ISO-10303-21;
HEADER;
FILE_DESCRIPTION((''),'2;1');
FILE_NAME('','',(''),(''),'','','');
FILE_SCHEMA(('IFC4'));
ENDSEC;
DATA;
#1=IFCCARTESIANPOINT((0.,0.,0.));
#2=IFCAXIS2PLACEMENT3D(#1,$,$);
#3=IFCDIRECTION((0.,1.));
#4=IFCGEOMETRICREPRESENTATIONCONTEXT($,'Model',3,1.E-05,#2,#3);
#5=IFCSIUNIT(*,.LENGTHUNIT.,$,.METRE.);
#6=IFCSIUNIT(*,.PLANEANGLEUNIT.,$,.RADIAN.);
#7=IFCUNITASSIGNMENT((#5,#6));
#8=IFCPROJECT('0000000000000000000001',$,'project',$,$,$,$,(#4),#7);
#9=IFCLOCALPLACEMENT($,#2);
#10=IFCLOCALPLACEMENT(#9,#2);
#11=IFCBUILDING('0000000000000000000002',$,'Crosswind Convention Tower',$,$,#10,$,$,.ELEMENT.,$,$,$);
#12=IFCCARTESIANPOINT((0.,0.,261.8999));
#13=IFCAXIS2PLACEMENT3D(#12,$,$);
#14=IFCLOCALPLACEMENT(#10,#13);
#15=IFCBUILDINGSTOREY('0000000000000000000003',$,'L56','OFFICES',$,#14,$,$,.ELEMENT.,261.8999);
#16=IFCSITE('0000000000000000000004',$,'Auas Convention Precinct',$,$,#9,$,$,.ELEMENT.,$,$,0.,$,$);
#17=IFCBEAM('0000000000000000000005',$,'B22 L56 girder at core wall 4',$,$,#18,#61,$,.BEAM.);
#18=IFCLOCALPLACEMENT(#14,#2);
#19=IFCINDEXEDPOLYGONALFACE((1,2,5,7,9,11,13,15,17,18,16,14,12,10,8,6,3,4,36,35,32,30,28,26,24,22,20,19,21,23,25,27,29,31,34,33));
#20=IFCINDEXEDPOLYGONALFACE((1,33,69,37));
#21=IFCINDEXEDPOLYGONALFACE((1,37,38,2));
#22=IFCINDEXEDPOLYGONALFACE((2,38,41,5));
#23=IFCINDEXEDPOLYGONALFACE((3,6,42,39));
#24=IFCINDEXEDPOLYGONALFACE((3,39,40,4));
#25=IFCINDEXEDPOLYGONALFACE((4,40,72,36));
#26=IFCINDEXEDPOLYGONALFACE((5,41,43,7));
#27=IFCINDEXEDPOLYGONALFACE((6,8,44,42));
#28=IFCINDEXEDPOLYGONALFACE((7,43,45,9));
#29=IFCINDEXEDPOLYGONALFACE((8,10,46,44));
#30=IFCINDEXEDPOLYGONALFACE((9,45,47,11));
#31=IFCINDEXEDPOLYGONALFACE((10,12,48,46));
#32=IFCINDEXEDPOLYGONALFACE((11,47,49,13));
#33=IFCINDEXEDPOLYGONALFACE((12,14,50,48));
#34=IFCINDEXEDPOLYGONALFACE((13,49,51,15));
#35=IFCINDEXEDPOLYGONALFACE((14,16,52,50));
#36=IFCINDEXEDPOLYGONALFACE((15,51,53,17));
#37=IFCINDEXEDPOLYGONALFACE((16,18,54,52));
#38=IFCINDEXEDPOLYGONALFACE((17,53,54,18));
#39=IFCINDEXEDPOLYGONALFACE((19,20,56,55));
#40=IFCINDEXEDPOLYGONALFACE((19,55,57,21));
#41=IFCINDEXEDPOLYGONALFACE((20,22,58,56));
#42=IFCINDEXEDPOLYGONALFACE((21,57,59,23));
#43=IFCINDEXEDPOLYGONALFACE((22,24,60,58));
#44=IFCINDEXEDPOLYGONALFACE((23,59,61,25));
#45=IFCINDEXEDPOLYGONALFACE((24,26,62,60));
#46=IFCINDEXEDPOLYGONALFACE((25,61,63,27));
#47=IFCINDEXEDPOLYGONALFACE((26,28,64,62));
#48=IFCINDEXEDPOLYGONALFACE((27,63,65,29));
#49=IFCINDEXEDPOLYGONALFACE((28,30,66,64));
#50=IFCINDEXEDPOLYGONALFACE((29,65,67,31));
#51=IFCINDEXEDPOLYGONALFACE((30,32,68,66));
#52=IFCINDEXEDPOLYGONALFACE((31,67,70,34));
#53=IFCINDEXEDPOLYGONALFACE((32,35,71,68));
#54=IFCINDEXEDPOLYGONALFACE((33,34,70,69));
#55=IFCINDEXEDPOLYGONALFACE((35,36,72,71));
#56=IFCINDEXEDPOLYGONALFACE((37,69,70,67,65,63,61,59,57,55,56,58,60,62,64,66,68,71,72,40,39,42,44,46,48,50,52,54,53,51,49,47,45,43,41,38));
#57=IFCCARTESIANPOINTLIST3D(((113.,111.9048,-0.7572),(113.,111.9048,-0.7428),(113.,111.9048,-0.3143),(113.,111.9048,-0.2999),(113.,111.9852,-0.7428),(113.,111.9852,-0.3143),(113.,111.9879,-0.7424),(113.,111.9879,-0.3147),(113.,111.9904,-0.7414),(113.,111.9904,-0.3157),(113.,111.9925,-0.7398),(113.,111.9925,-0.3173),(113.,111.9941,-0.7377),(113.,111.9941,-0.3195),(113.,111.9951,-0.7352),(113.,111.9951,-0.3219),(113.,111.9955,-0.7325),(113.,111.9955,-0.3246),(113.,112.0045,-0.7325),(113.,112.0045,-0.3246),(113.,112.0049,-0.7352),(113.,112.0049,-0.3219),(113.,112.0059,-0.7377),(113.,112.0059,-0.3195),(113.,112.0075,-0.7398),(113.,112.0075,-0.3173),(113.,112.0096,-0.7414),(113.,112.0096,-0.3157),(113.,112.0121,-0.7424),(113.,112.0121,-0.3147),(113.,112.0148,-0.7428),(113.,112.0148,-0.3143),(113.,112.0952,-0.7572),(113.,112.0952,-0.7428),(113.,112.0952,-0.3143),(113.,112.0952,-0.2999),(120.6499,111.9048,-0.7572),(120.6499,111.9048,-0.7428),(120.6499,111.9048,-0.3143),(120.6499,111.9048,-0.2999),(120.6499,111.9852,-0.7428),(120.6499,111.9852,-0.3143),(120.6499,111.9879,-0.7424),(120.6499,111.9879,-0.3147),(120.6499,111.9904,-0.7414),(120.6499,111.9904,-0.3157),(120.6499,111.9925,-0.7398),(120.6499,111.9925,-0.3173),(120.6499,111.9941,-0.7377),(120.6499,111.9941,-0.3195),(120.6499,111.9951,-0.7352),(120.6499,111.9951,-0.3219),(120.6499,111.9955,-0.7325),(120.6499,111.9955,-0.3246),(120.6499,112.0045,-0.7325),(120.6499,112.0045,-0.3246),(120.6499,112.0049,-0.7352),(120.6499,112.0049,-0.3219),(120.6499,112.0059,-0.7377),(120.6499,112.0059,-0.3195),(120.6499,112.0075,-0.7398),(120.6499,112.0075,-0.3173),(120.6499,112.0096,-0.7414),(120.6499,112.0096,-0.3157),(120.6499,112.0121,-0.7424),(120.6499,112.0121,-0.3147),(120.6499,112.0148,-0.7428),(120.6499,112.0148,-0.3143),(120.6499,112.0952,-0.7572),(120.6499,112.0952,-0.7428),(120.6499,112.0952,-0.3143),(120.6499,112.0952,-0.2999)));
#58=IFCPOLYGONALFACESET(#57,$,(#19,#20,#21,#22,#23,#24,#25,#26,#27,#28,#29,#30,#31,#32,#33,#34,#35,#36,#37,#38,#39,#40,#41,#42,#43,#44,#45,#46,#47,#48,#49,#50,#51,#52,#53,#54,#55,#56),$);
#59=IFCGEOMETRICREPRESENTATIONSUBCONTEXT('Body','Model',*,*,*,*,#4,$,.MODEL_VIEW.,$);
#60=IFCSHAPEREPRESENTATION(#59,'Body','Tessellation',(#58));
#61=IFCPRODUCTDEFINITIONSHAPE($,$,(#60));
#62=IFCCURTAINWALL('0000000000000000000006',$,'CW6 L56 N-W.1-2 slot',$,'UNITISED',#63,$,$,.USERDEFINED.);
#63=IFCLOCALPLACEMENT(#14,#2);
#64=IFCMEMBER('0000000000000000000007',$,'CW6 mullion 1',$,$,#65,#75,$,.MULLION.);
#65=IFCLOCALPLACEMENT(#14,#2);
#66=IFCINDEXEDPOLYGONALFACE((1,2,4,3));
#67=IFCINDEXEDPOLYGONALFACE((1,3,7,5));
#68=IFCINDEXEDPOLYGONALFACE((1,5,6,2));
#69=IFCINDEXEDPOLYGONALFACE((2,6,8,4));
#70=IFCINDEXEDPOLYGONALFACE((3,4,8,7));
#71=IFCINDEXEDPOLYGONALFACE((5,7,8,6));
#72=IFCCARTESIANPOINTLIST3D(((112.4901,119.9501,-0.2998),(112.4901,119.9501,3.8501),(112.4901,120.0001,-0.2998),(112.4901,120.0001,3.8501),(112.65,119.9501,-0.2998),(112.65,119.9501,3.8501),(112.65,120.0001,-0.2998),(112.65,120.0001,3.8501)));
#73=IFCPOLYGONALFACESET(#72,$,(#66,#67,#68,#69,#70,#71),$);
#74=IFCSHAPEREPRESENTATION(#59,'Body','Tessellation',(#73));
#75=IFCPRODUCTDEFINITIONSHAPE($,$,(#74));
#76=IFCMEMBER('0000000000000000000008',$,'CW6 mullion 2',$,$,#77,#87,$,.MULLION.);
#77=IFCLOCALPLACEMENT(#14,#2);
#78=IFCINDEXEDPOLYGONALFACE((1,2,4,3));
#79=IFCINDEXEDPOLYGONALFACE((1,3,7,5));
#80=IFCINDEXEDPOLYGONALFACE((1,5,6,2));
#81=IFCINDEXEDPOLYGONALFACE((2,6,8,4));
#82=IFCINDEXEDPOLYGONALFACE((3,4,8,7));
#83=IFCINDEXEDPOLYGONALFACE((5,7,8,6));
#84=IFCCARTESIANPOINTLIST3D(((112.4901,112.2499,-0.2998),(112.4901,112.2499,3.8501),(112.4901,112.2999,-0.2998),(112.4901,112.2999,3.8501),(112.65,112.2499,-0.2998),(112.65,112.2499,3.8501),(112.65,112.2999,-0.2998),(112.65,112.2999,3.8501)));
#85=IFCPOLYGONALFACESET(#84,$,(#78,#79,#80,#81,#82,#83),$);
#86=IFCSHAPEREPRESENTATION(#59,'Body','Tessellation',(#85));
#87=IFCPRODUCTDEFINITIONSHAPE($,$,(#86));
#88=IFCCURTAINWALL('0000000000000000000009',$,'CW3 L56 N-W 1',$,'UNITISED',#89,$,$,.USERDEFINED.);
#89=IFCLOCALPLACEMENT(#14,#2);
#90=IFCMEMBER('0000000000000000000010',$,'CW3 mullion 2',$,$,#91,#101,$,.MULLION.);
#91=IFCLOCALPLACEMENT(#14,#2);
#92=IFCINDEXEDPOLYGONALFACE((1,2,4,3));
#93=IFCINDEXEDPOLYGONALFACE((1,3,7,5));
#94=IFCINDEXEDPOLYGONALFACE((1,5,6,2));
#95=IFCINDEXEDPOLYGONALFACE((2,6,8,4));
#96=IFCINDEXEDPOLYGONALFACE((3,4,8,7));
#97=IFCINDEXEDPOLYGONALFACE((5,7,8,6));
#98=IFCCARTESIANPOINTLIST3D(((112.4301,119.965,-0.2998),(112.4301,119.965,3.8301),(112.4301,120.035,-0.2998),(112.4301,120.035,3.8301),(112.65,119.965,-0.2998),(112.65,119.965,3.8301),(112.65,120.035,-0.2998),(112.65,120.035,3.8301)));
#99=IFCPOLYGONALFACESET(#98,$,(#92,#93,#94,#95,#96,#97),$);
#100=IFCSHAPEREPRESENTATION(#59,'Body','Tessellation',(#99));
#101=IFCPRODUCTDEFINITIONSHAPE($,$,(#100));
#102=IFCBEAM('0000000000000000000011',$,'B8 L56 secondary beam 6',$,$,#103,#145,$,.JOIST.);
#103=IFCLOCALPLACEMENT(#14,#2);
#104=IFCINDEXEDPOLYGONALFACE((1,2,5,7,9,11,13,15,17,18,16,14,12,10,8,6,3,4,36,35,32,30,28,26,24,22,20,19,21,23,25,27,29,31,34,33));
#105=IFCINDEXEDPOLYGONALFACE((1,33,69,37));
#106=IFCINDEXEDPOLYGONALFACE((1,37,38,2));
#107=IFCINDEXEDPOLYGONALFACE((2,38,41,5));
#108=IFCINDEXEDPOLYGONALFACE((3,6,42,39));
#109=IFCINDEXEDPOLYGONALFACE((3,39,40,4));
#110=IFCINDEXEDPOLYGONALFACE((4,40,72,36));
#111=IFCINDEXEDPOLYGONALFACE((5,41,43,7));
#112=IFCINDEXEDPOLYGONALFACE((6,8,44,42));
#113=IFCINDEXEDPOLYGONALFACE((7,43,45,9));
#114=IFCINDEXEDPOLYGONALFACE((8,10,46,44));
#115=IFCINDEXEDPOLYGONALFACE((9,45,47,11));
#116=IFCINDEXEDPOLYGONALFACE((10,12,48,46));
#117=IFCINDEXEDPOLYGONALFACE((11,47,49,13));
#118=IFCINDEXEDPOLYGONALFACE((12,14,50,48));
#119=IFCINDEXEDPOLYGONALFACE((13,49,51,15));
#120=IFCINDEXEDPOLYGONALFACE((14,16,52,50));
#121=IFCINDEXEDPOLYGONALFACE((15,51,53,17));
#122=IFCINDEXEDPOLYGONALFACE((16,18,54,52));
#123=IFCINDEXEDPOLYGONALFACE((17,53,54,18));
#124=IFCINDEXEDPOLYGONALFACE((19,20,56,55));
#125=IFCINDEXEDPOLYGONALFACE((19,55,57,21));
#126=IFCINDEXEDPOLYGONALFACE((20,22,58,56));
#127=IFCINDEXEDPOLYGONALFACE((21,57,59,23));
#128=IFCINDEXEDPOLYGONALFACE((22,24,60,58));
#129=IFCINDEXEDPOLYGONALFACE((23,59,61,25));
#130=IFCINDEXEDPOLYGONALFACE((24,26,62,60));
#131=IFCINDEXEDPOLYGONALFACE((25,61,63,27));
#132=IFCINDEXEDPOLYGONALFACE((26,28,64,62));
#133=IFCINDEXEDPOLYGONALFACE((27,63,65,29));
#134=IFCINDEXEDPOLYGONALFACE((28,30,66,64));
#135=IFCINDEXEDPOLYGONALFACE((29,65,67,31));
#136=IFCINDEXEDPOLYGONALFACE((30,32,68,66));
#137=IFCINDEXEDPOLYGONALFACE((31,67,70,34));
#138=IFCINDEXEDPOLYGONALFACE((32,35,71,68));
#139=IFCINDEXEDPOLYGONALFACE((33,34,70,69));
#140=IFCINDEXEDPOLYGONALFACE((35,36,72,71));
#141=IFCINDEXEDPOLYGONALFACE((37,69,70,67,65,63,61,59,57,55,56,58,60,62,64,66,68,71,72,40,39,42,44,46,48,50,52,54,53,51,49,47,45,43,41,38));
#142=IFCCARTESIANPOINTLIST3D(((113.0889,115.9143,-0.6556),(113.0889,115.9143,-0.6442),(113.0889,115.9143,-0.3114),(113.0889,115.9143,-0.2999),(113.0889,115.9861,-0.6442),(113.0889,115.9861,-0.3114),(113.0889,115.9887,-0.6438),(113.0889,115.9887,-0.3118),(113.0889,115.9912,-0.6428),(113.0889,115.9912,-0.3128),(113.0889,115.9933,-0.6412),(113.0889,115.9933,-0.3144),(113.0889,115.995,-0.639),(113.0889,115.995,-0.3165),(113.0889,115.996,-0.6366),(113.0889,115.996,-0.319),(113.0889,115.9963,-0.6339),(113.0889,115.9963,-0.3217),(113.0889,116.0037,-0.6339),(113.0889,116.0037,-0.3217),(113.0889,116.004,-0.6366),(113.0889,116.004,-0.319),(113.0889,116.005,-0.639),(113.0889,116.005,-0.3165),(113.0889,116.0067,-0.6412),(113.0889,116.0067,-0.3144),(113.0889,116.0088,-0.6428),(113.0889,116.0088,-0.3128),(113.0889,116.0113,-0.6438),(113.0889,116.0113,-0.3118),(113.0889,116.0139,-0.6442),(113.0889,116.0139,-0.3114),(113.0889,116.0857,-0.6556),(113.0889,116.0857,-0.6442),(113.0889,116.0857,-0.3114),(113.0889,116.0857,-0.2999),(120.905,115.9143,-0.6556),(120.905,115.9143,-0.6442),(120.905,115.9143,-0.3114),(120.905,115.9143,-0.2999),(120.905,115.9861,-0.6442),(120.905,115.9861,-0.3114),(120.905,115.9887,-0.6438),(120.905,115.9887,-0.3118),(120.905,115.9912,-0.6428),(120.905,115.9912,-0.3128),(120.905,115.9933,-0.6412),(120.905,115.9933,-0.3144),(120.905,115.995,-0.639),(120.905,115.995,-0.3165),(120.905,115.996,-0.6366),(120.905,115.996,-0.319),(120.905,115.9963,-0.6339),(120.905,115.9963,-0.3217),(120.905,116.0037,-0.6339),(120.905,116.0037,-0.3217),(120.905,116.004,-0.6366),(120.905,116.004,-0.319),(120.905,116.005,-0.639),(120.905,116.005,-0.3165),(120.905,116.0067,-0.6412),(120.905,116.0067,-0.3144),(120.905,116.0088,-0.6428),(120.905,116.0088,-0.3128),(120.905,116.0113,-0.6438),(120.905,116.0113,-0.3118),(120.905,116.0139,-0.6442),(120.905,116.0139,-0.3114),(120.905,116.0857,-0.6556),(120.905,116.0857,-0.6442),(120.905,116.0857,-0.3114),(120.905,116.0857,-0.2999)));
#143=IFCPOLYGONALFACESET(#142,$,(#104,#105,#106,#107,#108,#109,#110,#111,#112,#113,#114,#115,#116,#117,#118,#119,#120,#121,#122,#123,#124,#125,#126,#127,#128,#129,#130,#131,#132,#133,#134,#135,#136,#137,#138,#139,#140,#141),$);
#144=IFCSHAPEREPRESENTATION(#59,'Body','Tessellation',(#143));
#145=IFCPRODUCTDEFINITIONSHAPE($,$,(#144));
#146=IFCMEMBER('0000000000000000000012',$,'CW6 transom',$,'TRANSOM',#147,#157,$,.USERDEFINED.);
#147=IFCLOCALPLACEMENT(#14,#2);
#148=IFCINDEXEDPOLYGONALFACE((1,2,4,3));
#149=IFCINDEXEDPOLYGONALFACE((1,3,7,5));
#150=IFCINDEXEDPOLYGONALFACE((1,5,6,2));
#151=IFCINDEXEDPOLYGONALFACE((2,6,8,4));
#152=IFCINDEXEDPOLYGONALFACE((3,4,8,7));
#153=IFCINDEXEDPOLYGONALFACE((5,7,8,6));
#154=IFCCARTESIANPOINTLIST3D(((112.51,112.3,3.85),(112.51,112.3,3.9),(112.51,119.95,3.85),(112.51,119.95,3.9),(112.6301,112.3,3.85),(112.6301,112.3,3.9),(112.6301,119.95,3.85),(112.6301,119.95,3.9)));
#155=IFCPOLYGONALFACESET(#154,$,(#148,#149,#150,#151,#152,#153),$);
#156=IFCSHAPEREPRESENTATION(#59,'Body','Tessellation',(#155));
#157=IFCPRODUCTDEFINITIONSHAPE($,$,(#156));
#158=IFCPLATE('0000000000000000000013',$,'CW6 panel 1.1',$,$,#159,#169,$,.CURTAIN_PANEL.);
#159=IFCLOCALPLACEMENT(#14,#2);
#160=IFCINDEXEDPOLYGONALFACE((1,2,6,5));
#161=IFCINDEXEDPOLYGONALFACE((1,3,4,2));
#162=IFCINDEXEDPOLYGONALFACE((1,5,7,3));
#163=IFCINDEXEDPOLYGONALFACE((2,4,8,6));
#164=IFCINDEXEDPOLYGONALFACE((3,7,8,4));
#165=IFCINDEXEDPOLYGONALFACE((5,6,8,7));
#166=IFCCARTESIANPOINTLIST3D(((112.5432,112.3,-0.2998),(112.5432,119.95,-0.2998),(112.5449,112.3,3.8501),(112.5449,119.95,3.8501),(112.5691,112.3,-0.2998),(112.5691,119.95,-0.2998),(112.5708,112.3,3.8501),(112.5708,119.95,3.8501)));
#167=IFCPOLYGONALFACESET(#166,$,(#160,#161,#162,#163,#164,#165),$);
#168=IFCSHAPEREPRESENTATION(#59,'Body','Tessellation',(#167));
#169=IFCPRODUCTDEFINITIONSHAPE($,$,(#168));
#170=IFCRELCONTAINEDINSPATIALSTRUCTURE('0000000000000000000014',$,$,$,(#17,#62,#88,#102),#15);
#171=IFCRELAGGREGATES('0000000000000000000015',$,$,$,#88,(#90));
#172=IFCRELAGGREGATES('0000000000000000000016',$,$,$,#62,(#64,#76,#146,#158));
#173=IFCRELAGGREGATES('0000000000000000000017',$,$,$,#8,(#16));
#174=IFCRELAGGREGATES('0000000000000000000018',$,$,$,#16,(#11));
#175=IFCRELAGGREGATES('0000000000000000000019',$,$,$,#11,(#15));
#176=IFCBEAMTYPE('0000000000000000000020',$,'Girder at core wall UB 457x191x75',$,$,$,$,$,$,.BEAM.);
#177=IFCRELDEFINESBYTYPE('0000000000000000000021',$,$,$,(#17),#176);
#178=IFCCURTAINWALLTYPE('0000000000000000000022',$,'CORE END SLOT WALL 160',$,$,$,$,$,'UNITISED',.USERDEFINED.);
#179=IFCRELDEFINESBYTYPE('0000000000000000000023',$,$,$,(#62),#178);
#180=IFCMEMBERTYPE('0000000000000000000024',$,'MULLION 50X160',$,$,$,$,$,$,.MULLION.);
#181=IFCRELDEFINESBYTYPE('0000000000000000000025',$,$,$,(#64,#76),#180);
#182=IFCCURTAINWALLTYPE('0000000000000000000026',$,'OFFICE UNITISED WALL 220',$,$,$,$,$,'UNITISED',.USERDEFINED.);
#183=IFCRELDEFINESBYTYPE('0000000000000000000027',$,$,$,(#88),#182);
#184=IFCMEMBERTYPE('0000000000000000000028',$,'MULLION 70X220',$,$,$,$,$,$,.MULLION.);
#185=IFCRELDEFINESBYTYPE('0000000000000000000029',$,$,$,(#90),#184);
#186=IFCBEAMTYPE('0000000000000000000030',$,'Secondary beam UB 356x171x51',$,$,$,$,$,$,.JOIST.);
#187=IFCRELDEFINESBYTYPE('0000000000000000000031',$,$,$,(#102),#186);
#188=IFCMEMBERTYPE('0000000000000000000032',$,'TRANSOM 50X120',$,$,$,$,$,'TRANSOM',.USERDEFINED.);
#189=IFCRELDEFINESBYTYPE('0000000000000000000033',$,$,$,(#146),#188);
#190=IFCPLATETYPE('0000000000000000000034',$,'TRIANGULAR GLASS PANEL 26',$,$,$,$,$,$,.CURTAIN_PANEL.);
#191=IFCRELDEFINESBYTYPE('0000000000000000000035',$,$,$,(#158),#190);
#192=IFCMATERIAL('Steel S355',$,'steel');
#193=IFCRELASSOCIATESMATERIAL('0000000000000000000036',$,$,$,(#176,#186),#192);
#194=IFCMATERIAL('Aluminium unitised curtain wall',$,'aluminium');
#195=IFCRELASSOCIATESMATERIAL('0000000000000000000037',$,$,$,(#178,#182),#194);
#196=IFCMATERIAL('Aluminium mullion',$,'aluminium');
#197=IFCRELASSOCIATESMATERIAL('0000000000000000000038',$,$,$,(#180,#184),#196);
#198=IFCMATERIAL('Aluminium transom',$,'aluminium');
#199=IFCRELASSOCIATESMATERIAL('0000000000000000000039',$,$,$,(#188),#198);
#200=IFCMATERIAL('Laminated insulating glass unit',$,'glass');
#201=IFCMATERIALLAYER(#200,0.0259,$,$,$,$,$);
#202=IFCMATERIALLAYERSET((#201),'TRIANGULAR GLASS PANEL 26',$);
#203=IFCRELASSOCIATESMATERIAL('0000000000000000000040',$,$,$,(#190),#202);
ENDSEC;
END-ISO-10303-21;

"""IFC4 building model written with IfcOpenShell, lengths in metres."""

from ifc_helpers import new_model, si_unit, direction, frame, origin, origin_2d, place, context, subcontext, project, spatial, polyline, rectangle, i_section, outline, extrude, material, layer, layer_set, material_profile, profile_set, type_object, element, aggregate, save


model = new_model("IFC4")

# Units and contexts
model_context = context("Model", 3, precision=1e-05, world=origin(), true_north=direction((0.0, 1.0)))
body_context = subcontext(model_context, "Body", "Model", "MODEL_VIEW")
ifc_project = project(units=[si_unit("LENGTHUNIT", "METRE"), si_unit("PLANEANGLEUNIT", "RADIAN")], contexts=[model_context])

# Site, building, storey
site_placement = place(None, origin())
site = spatial("IfcSite", under=ifc_project, at=site_placement, Name="Auas Convention Precinct", CompositionType="ELEMENT", RefElevation=0.0)
building_placement = place(site_placement, origin())
building = spatial("IfcBuilding", under=site, at=building_placement, Name="Crosswind Convention Tower", CompositionType="ELEMENT")
storey_placement = place(building_placement, frame((0.0, 0.0, 261.8999)))
storey = spatial("IfcBuildingStorey", under=building, at=storey_placement, Name="L56", Description="OFFICES", CompositionType="ELEMENT", Elevation=261.8999)

# Beam
ifc_material_1 = material(Name="Steel S355", Category="steel")
ifc_material_profile_1 = material_profile(ifc_material_1, i_section(OverallWidth=0.1904, OverallDepth=0.4573, WebThickness=0.009, FlangeThickness=0.0144, FilletRadius=0.0103, at=origin_2d()), Name="UB 457x191x75")
ifc_profile_set_1 = profile_set([ifc_material_profile_1], Name="Steel S355")
beam_type_1 = type_object("IfcBeamType", Name="Girder at core wall UB 457x191x75", PredefinedType="BEAM", material=ifc_profile_set_1)
beam_1_placement = place(storey_placement, frame((113.0, 112.0, -0.5286), z_axis=(1.0, 0.0, 0.0), x_axis=(0.0, 1.0, 0.0)))
element("IfcBeam", 1, at=beam_1_placement, inside=storey, type_object=beam_type_1, Name="B22 L56 girder at core wall 4", PredefinedType="BEAM", context=body_context, shape_type="SweptSolid", body=[
    extrude(i_section(OverallWidth=0.1904, OverallDepth=0.4573, WebThickness=0.009, FlangeThickness=0.0144, FilletRadius=0.0103, at=origin_2d()), origin(), (0.0, 0.0, 1.0), 7.6499),
])

# Curtain wall, members
ifc_material_2 = material(Name="Aluminium unitised curtain wall", Category="aluminium")
curtain_wall_type_1 = type_object("IfcCurtainWallType", Name="CORE END SLOT WALL 160", ElementType="UNITISED", PredefinedType="USERDEFINED", material=ifc_material_2)
curtain_wall_1_placement = place(storey_placement, origin())
curtain_wall_1 = element("IfcCurtainWall", 2, at=curtain_wall_1_placement, inside=storey, type_object=curtain_wall_type_1, Name="CW6 L56 N-W.1-2 slot", ObjectType="UNITISED", PredefinedType="USERDEFINED")
ifc_material_3 = material(Name="Aluminium mullion", Category="aluminium")
ifc_material_profile_2 = material_profile(ifc_material_3, rectangle(XDim=0.1599, YDim=0.05, at=origin_2d()), Name="AL 160X50")
ifc_profile_set_2 = profile_set([ifc_material_profile_2], Name="Aluminium mullion")
member_type_1 = type_object("IfcMemberType", Name="MULLION 50X160", PredefinedType="MULLION", material=ifc_profile_set_2)
member_1_placement = place(storey_placement, frame((112.5701, 119.9751, -0.2998), z_axis=(0.0, 0.0, 1.0), x_axis=(-1.0, 0.0, 0.0)))
member_1 = element("IfcMember", 3, at=member_1_placement, type_object=member_type_1, Name="CW6 mullion 1", PredefinedType="MULLION", context=body_context, shape_type="SweptSolid", body=[
    extrude(rectangle(XDim=0.1599, YDim=0.05, at=origin_2d()), origin(), (0.0, 0.0, 1.0), 4.1499),
])
member_2_placement = place(storey_placement, frame((112.5701, 112.2749, -0.2998), z_axis=(0.0, 0.0, 1.0), x_axis=(-1.0, 0.0, 0.0)))
member_2 = element("IfcMember", 4, at=member_2_placement, type_object=member_type_1, Name="CW6 mullion 2", PredefinedType="MULLION", context=body_context, shape_type="SweptSolid", body=[
    extrude(rectangle(XDim=0.1599, YDim=0.05, at=origin_2d()), origin(), (0.0, 0.0, 1.0), 4.1499),
])

# Curtain wall, member
curtain_wall_type_2 = type_object("IfcCurtainWallType", Name="OFFICE UNITISED WALL 220", ElementType="UNITISED", PredefinedType="USERDEFINED", material=ifc_material_2)
curtain_wall_2_placement = place(storey_placement, origin())
curtain_wall_2 = element("IfcCurtainWall", 5, at=curtain_wall_2_placement, inside=storey, type_object=curtain_wall_type_2, Name="CW3 L56 N-W 1", ObjectType="UNITISED", PredefinedType="USERDEFINED")
ifc_material_profile_3 = material_profile(ifc_material_3, rectangle(XDim=0.22, YDim=0.0701, at=origin_2d()), Name="AL 220X70")
ifc_profile_set_3 = profile_set([ifc_material_profile_3], Name="Aluminium mullion")
member_type_2 = type_object("IfcMemberType", Name="MULLION 70X220", PredefinedType="MULLION", material=ifc_profile_set_3)
member_3_placement = place(storey_placement, frame((112.54, 120.0, -0.2998), z_axis=(0.0, 0.0, 1.0), x_axis=(-1.0, 0.0, 0.0)))
member_3 = element("IfcMember", 6, at=member_3_placement, type_object=member_type_2, Name="CW3 mullion 2", PredefinedType="MULLION", context=body_context, shape_type="SweptSolid", body=[
    extrude(rectangle(XDim=0.22, YDim=0.0701, at=origin_2d()), origin(), (0.0, 0.0, 1.0), 4.1299),
])
aggregate(curtain_wall_2, [member_3])

# Beam
ifc_material_profile_4 = material_profile(ifc_material_1, i_section(OverallWidth=0.1714, OverallDepth=0.3557, WebThickness=0.0073, FlangeThickness=0.0115, FilletRadius=0.0103, at=origin_2d()), Name="UB 356x171x51")
ifc_profile_set_4 = profile_set([ifc_material_profile_4], Name="Steel S355")
beam_type_2 = type_object("IfcBeamType", Name="Secondary beam UB 356x171x51", PredefinedType="JOIST", material=ifc_profile_set_4)
beam_2_placement = place(storey_placement, frame((113.0889, 116.0, -0.4778), z_axis=(1.0, 0.0, 0.0), x_axis=(0.0, 1.0, 0.0)))
element("IfcBeam", 7, at=beam_2_placement, inside=storey, type_object=beam_type_2, Name="B8 L56 secondary beam 6", PredefinedType="JOIST", context=body_context, shape_type="SweptSolid", body=[
    extrude(i_section(OverallWidth=0.1714, OverallDepth=0.3557, WebThickness=0.0073, FlangeThickness=0.0115, FilletRadius=0.0103, at=origin_2d()), origin(), (0.0, 0.0, 1.0), 7.8162),
])

# Member
ifc_material_4 = material(Name="Aluminium transom", Category="aluminium")
ifc_material_profile_5 = material_profile(ifc_material_4, rectangle(XDim=0.1201, YDim=0.05, at=origin_2d()), Name="AL 120X50")
ifc_profile_set_5 = profile_set([ifc_material_profile_5], Name="Aluminium transom")
member_type_3 = type_object("IfcMemberType", Name="TRANSOM 50X120", ElementType="TRANSOM", PredefinedType="USERDEFINED", material=ifc_profile_set_5)
member_4_placement = place(storey_placement, frame((112.5701, 119.95, 3.875), z_axis=(0.0, -1.0, 0.0), x_axis=(1.0, 0.0, 0.0)))
member_4 = element("IfcMember", 8, at=member_4_placement, type_object=member_type_3, Name="CW6 transom", ObjectType="TRANSOM", PredefinedType="USERDEFINED", context=body_context, shape_type="SweptSolid", body=[
    extrude(rectangle(XDim=0.1201, YDim=0.05, at=origin_2d()), origin(), (0.0, 0.0, 1.0), 7.6499),
])

# Plate
ifc_material_5 = material(Name="Laminated insulating glass unit", Category="glass")
ifc_layer_1 = layer(ifc_material_5, 0.0259)
ifc_layer_set_1 = layer_set([ifc_layer_1], Name="TRIANGULAR GLASS PANEL 26")
plate_type = type_object("IfcPlateType", Name="TRIANGULAR GLASS PANEL 26", PredefinedType="CURTAIN_PANEL", material=ifc_layer_set_1)
plate_placement = place(storey_placement, frame((112.5432, 119.95, -0.2998), z_axis=(-1.0, 0.0, 0.000412), x_axis=(0.0, -1.0, 0.0)))
plate = element("IfcPlate", 9, at=plate_placement, type_object=plate_type, Name="CW6 panel 1.1", PredefinedType="CURTAIN_PANEL", context=body_context, shape_type="SweptSolid", body=[
    extrude(outline(polyline([(0.0, 0.0), (7.6499, 0.0), (7.6499, 4.1499), (0.0, 4.1499), (0.0, 0.0)])), origin(), (0.0, 0.0, -1.0), 0.0259),
])
aggregate(curtain_wall_1, [member_1, member_2, member_4, plate])

save(model, "model.ifc")
